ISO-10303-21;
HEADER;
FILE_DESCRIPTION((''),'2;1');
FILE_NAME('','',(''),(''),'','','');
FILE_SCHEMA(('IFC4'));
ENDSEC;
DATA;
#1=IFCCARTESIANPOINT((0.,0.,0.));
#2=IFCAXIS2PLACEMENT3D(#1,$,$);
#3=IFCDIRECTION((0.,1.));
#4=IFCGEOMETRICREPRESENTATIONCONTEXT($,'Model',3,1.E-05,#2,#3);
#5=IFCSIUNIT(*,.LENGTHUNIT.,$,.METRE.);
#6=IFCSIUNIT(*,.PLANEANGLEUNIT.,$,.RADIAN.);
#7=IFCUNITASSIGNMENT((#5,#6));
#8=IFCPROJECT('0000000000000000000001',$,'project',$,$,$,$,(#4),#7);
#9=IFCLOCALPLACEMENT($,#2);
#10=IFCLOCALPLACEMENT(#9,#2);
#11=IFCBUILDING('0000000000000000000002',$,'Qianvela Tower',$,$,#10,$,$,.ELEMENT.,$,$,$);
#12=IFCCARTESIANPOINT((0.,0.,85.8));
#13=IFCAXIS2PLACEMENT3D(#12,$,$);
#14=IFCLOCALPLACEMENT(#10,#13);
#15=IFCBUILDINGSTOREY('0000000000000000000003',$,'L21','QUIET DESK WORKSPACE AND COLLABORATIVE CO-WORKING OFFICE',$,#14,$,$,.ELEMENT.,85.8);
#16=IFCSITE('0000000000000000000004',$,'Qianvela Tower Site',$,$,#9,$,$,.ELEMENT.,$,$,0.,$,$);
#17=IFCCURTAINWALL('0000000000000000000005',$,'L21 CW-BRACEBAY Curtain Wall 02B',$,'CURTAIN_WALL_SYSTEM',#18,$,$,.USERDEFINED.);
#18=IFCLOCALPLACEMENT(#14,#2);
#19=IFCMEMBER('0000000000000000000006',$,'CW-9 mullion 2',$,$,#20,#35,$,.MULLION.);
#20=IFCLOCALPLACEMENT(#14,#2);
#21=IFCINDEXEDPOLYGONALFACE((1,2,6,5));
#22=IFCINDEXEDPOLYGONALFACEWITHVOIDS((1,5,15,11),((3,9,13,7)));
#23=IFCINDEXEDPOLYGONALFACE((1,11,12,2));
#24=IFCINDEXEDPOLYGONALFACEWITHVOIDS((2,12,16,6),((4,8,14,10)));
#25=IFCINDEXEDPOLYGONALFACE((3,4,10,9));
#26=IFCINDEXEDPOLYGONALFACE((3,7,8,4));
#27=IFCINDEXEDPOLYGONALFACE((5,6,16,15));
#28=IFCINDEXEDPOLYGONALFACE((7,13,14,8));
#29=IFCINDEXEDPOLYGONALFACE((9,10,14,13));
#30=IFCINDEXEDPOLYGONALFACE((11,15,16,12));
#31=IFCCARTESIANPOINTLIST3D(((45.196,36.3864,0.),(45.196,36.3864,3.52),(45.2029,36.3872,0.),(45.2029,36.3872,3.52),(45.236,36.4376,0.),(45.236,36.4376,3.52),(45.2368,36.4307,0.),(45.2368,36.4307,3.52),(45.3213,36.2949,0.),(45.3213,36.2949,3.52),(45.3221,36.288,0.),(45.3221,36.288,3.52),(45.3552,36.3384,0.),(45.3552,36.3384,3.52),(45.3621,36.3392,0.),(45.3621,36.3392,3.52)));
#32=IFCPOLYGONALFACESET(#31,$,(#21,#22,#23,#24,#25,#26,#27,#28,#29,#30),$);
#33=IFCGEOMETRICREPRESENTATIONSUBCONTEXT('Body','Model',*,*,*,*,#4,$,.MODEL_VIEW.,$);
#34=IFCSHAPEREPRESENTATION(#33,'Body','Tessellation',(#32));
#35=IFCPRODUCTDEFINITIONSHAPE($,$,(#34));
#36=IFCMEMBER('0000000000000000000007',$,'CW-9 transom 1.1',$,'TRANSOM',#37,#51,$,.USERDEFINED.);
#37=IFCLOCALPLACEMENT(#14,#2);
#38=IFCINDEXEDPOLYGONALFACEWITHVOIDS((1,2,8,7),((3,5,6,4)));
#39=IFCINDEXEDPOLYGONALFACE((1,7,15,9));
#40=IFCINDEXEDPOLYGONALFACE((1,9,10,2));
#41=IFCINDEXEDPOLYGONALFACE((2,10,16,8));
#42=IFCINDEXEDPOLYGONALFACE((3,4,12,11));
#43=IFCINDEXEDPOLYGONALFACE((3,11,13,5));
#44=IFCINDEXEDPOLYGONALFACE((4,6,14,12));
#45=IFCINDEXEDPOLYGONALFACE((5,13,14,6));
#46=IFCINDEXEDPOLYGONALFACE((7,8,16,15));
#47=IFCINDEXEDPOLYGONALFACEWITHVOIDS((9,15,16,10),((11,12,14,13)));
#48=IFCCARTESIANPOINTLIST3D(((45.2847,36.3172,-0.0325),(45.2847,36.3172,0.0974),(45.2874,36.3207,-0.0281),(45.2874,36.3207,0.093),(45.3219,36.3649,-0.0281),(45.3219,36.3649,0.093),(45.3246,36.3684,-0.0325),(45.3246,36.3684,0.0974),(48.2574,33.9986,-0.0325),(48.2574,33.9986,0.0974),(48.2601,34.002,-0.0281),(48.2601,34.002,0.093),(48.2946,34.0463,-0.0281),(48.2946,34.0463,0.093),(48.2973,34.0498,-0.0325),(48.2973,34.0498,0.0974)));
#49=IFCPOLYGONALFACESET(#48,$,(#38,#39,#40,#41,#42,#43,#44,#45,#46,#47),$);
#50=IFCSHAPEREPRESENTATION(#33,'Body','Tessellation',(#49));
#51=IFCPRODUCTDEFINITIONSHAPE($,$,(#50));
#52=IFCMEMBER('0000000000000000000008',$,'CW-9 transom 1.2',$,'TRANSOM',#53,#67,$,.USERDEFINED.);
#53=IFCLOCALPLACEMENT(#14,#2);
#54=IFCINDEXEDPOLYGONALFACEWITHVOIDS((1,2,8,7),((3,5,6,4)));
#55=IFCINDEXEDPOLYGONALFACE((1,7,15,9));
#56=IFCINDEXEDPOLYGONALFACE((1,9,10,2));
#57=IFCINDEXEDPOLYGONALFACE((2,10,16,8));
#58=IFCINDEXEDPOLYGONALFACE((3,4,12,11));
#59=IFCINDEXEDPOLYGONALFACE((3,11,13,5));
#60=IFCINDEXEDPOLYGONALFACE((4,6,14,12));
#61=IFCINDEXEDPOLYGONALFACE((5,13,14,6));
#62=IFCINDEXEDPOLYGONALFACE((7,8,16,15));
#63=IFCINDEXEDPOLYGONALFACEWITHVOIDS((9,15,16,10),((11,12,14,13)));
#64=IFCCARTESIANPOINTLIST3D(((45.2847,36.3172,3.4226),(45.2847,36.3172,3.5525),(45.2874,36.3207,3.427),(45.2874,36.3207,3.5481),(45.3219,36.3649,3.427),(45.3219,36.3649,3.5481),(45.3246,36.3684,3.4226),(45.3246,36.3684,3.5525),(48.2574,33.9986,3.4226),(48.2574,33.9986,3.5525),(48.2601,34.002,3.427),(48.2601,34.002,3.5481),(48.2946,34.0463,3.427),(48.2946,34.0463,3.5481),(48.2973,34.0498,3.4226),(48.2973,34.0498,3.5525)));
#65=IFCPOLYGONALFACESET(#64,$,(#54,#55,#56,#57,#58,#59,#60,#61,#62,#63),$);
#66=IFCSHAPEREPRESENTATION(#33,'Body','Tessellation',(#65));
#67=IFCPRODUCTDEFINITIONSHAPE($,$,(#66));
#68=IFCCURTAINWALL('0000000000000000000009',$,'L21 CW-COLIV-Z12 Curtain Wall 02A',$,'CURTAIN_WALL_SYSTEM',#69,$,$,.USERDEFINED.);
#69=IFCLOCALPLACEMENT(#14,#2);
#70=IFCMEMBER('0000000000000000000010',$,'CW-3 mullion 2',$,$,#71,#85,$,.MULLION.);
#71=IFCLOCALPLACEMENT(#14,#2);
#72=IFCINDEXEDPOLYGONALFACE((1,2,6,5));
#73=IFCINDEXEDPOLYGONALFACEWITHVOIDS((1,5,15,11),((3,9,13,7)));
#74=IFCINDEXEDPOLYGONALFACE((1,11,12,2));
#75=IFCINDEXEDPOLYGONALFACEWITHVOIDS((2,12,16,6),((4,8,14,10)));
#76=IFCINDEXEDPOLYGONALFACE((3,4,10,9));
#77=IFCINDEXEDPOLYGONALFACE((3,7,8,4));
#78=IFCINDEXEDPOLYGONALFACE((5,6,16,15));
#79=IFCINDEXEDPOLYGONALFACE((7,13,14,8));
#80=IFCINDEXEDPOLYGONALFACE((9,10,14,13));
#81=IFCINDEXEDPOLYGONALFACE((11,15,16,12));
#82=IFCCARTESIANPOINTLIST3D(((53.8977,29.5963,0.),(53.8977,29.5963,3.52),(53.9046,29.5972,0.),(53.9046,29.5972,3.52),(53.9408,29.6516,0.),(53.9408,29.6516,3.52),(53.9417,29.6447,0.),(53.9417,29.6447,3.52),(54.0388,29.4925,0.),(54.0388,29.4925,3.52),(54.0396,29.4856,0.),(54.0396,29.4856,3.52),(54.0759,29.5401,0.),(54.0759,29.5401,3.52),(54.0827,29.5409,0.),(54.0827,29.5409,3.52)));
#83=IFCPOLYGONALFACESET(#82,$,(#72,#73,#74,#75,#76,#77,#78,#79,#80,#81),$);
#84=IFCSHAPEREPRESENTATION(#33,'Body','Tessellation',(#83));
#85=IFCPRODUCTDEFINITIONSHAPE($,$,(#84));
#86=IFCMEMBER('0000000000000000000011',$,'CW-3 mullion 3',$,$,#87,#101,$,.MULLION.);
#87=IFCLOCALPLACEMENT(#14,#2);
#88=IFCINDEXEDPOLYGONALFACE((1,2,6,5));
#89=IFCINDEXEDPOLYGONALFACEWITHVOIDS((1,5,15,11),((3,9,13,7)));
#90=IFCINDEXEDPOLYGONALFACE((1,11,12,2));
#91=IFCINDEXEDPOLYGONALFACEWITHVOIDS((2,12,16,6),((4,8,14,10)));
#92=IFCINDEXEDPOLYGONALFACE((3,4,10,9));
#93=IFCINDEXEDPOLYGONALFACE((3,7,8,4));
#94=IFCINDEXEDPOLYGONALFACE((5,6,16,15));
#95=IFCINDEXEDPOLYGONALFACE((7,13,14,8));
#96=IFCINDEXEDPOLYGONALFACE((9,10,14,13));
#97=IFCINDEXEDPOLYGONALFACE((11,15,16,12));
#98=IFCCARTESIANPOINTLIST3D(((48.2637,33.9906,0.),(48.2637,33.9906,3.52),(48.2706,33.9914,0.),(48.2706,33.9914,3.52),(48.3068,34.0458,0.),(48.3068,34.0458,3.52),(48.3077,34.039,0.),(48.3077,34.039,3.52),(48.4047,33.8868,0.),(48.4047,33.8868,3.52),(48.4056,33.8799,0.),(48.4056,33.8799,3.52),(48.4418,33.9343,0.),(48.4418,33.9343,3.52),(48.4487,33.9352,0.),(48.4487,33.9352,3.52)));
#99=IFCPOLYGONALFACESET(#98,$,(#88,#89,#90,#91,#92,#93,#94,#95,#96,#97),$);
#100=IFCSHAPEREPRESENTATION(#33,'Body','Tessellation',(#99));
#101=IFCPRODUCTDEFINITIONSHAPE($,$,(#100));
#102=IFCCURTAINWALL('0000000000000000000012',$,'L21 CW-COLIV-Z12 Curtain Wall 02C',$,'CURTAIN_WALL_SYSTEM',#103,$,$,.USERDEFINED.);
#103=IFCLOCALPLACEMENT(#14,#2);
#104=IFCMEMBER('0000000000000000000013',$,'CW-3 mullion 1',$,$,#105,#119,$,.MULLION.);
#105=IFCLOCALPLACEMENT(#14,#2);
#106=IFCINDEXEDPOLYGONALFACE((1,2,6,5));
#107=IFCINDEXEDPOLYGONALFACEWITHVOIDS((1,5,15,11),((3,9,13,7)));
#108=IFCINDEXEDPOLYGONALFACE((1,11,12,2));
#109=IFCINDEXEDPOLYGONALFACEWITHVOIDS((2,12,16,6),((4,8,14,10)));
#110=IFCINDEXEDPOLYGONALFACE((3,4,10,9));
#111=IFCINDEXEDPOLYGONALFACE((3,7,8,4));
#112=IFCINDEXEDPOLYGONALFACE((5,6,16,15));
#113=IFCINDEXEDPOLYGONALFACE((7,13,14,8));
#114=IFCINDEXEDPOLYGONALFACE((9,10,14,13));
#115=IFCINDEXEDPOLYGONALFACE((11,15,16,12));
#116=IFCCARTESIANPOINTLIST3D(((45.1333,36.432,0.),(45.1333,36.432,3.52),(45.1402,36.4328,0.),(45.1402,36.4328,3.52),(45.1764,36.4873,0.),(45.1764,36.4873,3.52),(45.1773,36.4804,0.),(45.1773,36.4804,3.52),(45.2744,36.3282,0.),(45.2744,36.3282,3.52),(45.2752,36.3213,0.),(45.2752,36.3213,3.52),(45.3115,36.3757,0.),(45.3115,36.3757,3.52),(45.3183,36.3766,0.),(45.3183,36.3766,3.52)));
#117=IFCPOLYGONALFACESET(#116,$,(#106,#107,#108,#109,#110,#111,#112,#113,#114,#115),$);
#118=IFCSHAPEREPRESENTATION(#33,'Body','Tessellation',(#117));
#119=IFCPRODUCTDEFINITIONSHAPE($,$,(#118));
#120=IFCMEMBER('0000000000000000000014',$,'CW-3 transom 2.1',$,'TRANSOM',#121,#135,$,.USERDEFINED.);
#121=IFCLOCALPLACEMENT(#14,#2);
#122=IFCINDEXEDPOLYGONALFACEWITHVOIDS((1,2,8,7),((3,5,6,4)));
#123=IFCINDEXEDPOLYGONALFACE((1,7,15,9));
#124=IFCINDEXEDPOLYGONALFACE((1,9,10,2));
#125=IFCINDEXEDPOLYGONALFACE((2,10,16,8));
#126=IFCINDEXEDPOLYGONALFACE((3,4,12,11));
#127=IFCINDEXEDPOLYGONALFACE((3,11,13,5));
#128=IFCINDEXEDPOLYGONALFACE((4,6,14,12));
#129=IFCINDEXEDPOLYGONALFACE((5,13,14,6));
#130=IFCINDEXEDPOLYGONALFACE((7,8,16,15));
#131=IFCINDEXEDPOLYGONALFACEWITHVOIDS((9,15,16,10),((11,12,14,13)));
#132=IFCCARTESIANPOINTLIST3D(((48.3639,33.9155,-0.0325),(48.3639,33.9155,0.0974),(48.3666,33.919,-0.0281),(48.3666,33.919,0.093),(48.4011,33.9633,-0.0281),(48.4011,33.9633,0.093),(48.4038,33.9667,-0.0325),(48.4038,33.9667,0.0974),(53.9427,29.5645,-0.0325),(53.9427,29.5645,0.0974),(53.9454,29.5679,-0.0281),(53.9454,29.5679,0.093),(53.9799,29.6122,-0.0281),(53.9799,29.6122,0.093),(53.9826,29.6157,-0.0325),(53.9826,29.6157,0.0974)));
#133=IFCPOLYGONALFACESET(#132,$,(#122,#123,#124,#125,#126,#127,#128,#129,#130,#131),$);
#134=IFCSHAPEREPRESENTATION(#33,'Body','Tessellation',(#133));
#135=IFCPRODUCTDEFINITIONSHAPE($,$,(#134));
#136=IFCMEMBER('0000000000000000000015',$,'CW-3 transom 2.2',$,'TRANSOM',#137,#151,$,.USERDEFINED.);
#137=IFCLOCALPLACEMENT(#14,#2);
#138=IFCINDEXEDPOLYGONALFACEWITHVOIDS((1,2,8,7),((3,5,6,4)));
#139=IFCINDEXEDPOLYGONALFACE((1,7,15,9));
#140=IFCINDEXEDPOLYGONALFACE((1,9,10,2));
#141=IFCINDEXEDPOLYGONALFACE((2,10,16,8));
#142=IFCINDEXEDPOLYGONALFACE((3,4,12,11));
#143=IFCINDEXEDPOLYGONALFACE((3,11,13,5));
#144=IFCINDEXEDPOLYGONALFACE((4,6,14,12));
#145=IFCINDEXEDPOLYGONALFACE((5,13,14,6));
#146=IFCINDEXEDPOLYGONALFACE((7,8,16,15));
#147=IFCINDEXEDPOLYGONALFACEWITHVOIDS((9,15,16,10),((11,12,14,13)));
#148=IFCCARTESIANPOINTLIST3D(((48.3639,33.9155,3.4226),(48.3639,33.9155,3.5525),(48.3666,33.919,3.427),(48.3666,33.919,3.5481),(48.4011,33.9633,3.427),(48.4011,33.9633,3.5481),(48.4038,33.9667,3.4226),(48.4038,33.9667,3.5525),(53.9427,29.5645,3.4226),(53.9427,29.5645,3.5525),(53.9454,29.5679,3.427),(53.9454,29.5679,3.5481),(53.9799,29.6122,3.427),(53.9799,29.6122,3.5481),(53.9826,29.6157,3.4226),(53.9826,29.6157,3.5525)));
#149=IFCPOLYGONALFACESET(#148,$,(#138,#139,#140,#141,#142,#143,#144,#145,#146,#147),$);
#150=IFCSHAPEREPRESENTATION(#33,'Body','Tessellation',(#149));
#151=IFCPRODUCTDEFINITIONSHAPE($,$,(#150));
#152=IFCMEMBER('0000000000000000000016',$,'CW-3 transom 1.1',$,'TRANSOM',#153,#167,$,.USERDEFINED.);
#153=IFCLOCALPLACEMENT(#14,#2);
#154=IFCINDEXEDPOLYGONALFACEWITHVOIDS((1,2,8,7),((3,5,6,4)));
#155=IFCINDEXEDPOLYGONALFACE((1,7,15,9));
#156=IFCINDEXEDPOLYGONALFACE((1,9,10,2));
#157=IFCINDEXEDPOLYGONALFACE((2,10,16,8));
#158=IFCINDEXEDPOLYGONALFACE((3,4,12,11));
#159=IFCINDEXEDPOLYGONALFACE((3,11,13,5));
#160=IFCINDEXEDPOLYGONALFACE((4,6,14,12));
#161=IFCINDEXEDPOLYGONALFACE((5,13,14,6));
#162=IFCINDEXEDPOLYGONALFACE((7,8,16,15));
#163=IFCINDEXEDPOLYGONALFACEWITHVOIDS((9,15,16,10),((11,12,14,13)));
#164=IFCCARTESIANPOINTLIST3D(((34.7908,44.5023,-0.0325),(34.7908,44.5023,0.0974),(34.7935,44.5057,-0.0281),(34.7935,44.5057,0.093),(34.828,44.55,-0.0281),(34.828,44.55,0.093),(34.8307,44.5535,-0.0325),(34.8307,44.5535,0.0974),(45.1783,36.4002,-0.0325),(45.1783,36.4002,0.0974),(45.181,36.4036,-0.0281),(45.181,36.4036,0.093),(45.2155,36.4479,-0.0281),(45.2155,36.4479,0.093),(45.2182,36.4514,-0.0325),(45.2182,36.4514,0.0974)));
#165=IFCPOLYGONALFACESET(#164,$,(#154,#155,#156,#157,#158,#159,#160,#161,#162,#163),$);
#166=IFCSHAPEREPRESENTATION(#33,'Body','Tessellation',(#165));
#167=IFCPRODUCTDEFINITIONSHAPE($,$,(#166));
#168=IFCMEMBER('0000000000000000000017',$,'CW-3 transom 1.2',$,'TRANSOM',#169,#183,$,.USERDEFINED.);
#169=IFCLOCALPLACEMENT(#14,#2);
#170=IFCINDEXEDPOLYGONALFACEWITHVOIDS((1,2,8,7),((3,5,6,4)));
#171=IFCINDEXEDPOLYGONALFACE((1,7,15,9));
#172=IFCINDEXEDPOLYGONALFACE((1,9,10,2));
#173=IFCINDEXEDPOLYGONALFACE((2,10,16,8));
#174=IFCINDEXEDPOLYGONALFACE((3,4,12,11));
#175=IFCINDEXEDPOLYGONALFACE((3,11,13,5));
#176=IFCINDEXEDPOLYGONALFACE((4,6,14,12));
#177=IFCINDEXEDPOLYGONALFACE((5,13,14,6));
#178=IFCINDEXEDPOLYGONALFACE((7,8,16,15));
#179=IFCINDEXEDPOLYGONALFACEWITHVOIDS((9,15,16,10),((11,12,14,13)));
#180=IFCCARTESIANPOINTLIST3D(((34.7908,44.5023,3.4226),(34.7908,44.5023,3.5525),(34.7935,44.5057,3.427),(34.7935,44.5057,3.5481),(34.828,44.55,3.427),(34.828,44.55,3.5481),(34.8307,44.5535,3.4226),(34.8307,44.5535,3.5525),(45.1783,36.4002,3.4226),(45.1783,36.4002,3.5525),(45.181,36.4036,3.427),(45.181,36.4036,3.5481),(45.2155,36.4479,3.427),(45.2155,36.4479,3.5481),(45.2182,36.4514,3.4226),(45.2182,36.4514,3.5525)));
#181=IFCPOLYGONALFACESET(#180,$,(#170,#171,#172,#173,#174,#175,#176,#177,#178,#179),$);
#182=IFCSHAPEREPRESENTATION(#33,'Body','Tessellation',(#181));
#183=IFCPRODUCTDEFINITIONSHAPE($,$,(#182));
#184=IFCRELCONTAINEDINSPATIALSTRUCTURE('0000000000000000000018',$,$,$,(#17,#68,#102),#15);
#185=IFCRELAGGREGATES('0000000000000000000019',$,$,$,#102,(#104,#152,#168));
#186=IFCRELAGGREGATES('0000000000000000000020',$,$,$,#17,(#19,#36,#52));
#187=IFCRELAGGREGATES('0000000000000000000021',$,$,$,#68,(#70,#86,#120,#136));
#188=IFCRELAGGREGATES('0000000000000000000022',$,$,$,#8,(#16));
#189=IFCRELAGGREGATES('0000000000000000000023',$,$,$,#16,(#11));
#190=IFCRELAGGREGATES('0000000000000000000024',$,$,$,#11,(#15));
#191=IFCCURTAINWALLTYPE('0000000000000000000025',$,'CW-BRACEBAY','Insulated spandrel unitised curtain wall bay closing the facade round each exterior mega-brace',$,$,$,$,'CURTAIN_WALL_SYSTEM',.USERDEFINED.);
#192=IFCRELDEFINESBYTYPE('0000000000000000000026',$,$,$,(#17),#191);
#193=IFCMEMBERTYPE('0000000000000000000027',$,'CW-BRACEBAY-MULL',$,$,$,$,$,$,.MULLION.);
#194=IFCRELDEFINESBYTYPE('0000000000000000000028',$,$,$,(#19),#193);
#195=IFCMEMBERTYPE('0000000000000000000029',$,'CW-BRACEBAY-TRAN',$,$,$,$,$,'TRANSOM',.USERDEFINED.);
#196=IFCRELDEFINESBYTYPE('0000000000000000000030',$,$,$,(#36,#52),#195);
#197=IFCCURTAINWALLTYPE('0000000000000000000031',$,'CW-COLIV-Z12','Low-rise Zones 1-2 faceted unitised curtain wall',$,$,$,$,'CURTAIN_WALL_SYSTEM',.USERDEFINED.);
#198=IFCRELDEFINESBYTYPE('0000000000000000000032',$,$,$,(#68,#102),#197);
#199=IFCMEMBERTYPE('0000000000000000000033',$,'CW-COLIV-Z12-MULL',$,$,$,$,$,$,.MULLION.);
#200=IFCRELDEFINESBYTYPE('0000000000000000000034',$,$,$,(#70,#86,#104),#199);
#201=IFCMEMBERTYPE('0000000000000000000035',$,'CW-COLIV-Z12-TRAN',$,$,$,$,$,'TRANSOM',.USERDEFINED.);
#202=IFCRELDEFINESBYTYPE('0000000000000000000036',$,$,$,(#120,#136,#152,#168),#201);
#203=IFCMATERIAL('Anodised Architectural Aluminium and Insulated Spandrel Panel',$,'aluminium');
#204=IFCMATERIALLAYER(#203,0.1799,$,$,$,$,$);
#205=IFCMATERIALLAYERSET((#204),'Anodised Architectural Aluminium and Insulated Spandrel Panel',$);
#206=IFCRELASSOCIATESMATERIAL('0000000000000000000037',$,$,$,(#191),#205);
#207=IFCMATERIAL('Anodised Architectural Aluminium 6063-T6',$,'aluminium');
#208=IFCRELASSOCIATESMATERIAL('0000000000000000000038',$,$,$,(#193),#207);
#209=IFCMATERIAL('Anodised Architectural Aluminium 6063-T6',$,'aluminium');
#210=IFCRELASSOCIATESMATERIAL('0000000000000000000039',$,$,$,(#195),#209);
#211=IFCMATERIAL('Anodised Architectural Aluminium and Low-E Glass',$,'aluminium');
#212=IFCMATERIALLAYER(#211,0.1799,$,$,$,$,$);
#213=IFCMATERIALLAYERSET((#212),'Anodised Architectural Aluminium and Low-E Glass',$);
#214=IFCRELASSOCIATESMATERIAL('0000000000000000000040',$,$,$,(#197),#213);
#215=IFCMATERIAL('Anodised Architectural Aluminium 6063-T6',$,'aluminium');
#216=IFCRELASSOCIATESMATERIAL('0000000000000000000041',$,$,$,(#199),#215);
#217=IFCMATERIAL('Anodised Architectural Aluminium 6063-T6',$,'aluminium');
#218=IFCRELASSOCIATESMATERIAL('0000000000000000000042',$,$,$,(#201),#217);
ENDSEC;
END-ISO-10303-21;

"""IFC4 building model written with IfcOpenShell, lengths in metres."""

from ifc_helpers import new_model, si_unit, direction, frame, origin, origin_2d, place, context, subcontext, project, spatial, hollow_rectangle, extrude, material, layer, layer_set, material_profile, profile_set, type_object, element, aggregate, save


model = new_model("IFC4")

# Units and contexts
model_context = context("Model", 3, precision=1e-05, world=origin(), true_north=direction((0.0, 1.0)))
body_context = subcontext(model_context, "Body", "Model", "MODEL_VIEW")
ifc_project = project(units=[si_unit("LENGTHUNIT", "METRE"), si_unit("PLANEANGLEUNIT", "RADIAN")], contexts=[model_context])

# Site, building, storey
site_placement = place(None, origin())
site = spatial("IfcSite", under=ifc_project, at=site_placement, Name="Qianvela Tower Site", CompositionType="ELEMENT", RefElevation=0.0)
building_placement = place(site_placement, origin())
building = spatial("IfcBuilding", under=site, at=building_placement, Name="Qianvela Tower", CompositionType="ELEMENT")
storey_placement = place(building_placement, frame((0.0, 0.0, 85.8)))
storey = spatial("IfcBuildingStorey", under=building, at=storey_placement, Name="L21", Description="QUIET DESK WORKSPACE AND COLLABORATIVE CO-WORKING OFFICE", CompositionType="ELEMENT", Elevation=85.8)

# Curtain walls, members
ifc_material_1 = material(Name="Anodised Architectural Aluminium and Insulated Spandrel Panel", Category="aluminium")
ifc_layer_1 = layer(ifc_material_1, 0.1799)
ifc_layer_set_1 = layer_set([ifc_layer_1], Name="Anodised Architectural Aluminium and Insulated Spandrel Panel")
curtain_wall_type_1 = type_object("IfcCurtainWallType", Name="CW-BRACEBAY", Description="Insulated spandrel unitised curtain wall bay closing the facade round each exterior mega-brace", ElementType="CURTAIN_WALL_SYSTEM", PredefinedType="USERDEFINED", material=ifc_layer_set_1)
curtain_wall_1_placement = place(storey_placement, origin())
curtain_wall_1 = element("IfcCurtainWall", 1, at=curtain_wall_1_placement, inside=storey, type_object=curtain_wall_type_1, Name="L21 CW-BRACEBAY Curtain Wall 02B", ObjectType="CURTAIN_WALL_SYSTEM", PredefinedType="USERDEFINED")
ifc_material_2 = material(Name="Anodised Architectural Aluminium 6063-T6", Category="aluminium")
ifc_material_profile_1 = material_profile(ifc_material_2, hollow_rectangle(XDim=0.0649, YDim=0.1599, WallThickness=0.0049, at=origin_2d()), Name="ALU-MULL-65x160")
ifc_profile_set_1 = profile_set([ifc_material_profile_1], Name="Anodised Architectural Aluminium 6063-T6")
member_type_1 = type_object("IfcMemberType", Name="CW-BRACEBAY-MULL", PredefinedType="MULLION", material=ifc_profile_set_1)
member_1_placement = place(storey_placement, frame((45.2791, 36.3628, 0.0), z_axis=(0.0, 0.0, 1.0), x_axis=(-0.615007, -0.788522, 0.0)))
member_1 = element("IfcMember", 2, at=member_1_placement, type_object=member_type_1, Name="CW-9 mullion 2", PredefinedType="MULLION", context=body_context, shape_type="SweptSolid", body=[
    extrude(hollow_rectangle(XDim=0.0649, YDim=0.1599, WallThickness=0.0049, at=origin_2d()), origin(), (0.0, 0.0, 1.0), 3.52),
])
ifc_material_3 = material(Name="Anodised Architectural Aluminium 6063-T6", Category="aluminium")
ifc_material_profile_2 = material_profile(ifc_material_3, hollow_rectangle(XDim=0.0649, YDim=0.1299, WallThickness=0.0044, at=origin_2d()), Name="ALU-TRAN-65x130")
ifc_profile_set_2 = profile_set([ifc_material_profile_2], Name="Anodised Architectural Aluminium 6063-T6")
member_type_2 = type_object("IfcMemberType", Name="CW-BRACEBAY-TRAN", ElementType="TRANSOM", PredefinedType="USERDEFINED", material=ifc_profile_set_2)
member_2_placement = place(storey_placement, frame((48.2773, 34.0242, 0.0325), z_axis=(-0.788511, 0.615021, 0.0), x_axis=(-0.615021, -0.788511, 0.0)))
member_2 = element("IfcMember", 3, at=member_2_placement, type_object=member_type_2, Name="CW-9 transom 1.1", ObjectType="TRANSOM", PredefinedType="USERDEFINED", context=body_context, shape_type="SweptSolid", body=[
    extrude(hollow_rectangle(XDim=0.0649, YDim=0.1299, WallThickness=0.0044, at=origin_2d()), origin(), (0.0, 0.0, 1.0), 3.77),
])
member_3_placement = place(storey_placement, frame((48.2773, 34.0242, 3.4875), z_axis=(-0.788511, 0.615021, 0.0), x_axis=(-0.615021, -0.788511, 0.0)))
member_3 = element("IfcMember", 4, at=member_3_placement, type_object=member_type_2, Name="CW-9 transom 1.2", ObjectType="TRANSOM", PredefinedType="USERDEFINED", context=body_context, shape_type="SweptSolid", body=[
    extrude(hollow_rectangle(XDim=0.0649, YDim=0.1299, WallThickness=0.0044, at=origin_2d()), origin(), (0.0, 0.0, 1.0), 3.77),
])
ifc_material_4 = material(Name="Anodised Architectural Aluminium and Low-E Glass", Category="aluminium")
ifc_layer_2 = layer(ifc_material_4, 0.1799)
ifc_layer_set_2 = layer_set([ifc_layer_2], Name="Anodised Architectural Aluminium and Low-E Glass")
curtain_wall_type_2 = type_object("IfcCurtainWallType", Name="CW-COLIV-Z12", Description="Low-rise Zones 1-2 faceted unitised curtain wall", ElementType="CURTAIN_WALL_SYSTEM", PredefinedType="USERDEFINED", material=ifc_layer_set_2)
curtain_wall_2_placement = place(storey_placement, origin())
curtain_wall_2 = element("IfcCurtainWall", 5, at=curtain_wall_2_placement, inside=storey, type_object=curtain_wall_type_2, Name="L21 CW-COLIV-Z12 Curtain Wall 02A", ObjectType="CURTAIN_WALL_SYSTEM", PredefinedType="USERDEFINED")
ifc_material_5 = material(Name="Anodised Architectural Aluminium 6063-T6", Category="aluminium")
ifc_material_profile_3 = material_profile(ifc_material_5, hollow_rectangle(XDim=0.0701, YDim=0.1799, WallThickness=0.0049, at=origin_2d()), Name="ALU-MULL-70x180")
ifc_profile_set_3 = profile_set([ifc_material_profile_3], Name="Anodised Architectural Aluminium 6063-T6")
member_type_3 = type_object("IfcMemberType", Name="CW-COLIV-Z12-MULL", PredefinedType="MULLION", material=ifc_profile_set_3)
member_4_placement = place(storey_placement, frame((53.9902, 29.5686, 0.0), z_axis=(0.0, 0.0, 1.0), x_axis=(-0.615014, -0.788516, 0.0)))
member_4 = element("IfcMember", 6, at=member_4_placement, type_object=member_type_3, Name="CW-3 mullion 2", PredefinedType="MULLION", context=body_context, shape_type="SweptSolid", body=[
    extrude(hollow_rectangle(XDim=0.0701, YDim=0.1799, WallThickness=0.0049, at=origin_2d()), origin(), (0.0, 0.0, 1.0), 3.52),
])
member_5_placement = place(storey_placement, frame((48.3562, 33.9629, 0.0), z_axis=(0.0, 0.0, 1.0), x_axis=(-0.615014, -0.788516, 0.0)))
member_5 = element("IfcMember", 7, at=member_5_placement, type_object=member_type_3, Name="CW-3 mullion 3", PredefinedType="MULLION", context=body_context, shape_type="SweptSolid", body=[
    extrude(hollow_rectangle(XDim=0.0701, YDim=0.1799, WallThickness=0.0049, at=origin_2d()), origin(), (0.0, 0.0, 1.0), 3.52),
])

# Curtain wall, member
curtain_wall_3_placement = place(storey_placement, origin())
curtain_wall_3 = element("IfcCurtainWall", 8, at=curtain_wall_3_placement, inside=storey, type_object=curtain_wall_type_2, Name="L21 CW-COLIV-Z12 Curtain Wall 02C", ObjectType="CURTAIN_WALL_SYSTEM", PredefinedType="USERDEFINED")
member_6_placement = place(storey_placement, frame((45.2258, 36.4043, 0.0), z_axis=(0.0, 0.0, 1.0), x_axis=(-0.615011, -0.788518, 0.0)))
member_6 = element("IfcMember", 9, at=member_6_placement, type_object=member_type_3, Name="CW-3 mullion 1", PredefinedType="MULLION", context=body_context, shape_type="SweptSolid", body=[
    extrude(hollow_rectangle(XDim=0.0701, YDim=0.1799, WallThickness=0.0049, at=origin_2d()), origin(), (0.0, 0.0, 1.0), 3.52),
])

# Members
ifc_material_6 = material(Name="Anodised Architectural Aluminium 6063-T6", Category="aluminium")
ifc_material_profile_4 = material_profile(ifc_material_6, hollow_rectangle(XDim=0.0649, YDim=0.1299, WallThickness=0.0044, at=origin_2d()), Name="ALU-TRAN-65x130")
ifc_profile_set_4 = profile_set([ifc_material_profile_4], Name="Anodised Architectural Aluminium 6063-T6")
member_type_4 = type_object("IfcMemberType", Name="CW-COLIV-Z12-TRAN", ElementType="TRANSOM", PredefinedType="USERDEFINED", material=ifc_profile_set_4)
member_7_placement = place(storey_placement, frame((53.9626, 29.5901, 0.0325), z_axis=(-0.788532, 0.614994, 0.0), x_axis=(-0.614994, -0.788532, 0.0)))
member_7 = element("IfcMember", 10, at=member_7_placement, type_object=member_type_4, Name="CW-3 transom 2.1", ObjectType="TRANSOM", PredefinedType="USERDEFINED", context=body_context, shape_type="SweptSolid", body=[
    extrude(hollow_rectangle(XDim=0.0649, YDim=0.1299, WallThickness=0.0044, at=origin_2d()), origin(), (0.0, 0.0, 1.0), 7.075),
])
member_8_placement = place(storey_placement, frame((53.9626, 29.5901, 3.4875), z_axis=(-0.788532, 0.614994, 0.0), x_axis=(-0.614994, -0.788532, 0.0)))
member_8 = element("IfcMember", 11, at=member_8_placement, type_object=member_type_4, Name="CW-3 transom 2.2", ObjectType="TRANSOM", PredefinedType="USERDEFINED", context=body_context, shape_type="SweptSolid", body=[
    extrude(hollow_rectangle(XDim=0.0649, YDim=0.1299, WallThickness=0.0044, at=origin_2d()), origin(), (0.0, 0.0, 1.0), 7.075),
])
member_9_placement = place(storey_placement, frame((45.1982, 36.4258, 0.0325), z_axis=(-0.788508, 0.615024, 0.0), x_axis=(-0.615024, -0.788508, 0.0)))
member_9 = element("IfcMember", 12, at=member_9_placement, type_object=member_type_4, Name="CW-3 transom 1.1", ObjectType="TRANSOM", PredefinedType="USERDEFINED", context=body_context, shape_type="SweptSolid", body=[
    extrude(hollow_rectangle(XDim=0.0649, YDim=0.1299, WallThickness=0.0044, at=origin_2d()), origin(), (0.0, 0.0, 1.0), 13.1736),
])
member_10_placement = place(storey_placement, frame((45.1982, 36.4258, 3.4875), z_axis=(-0.788508, 0.615024, 0.0), x_axis=(-0.615024, -0.788508, 0.0)))
member_10 = element("IfcMember", 13, at=member_10_placement, type_object=member_type_4, Name="CW-3 transom 1.2", ObjectType="TRANSOM", PredefinedType="USERDEFINED", context=body_context, shape_type="SweptSolid", body=[
    extrude(hollow_rectangle(XDim=0.0649, YDim=0.1299, WallThickness=0.0044, at=origin_2d()), origin(), (0.0, 0.0, 1.0), 13.1736),
])
aggregate(curtain_wall_3, [member_6, member_9, member_10])

aggregate(curtain_wall_1, [member_1, member_2, member_3])
aggregate(curtain_wall_2, [member_4, member_5, member_7, member_8])

save(model, "model.ifc")
